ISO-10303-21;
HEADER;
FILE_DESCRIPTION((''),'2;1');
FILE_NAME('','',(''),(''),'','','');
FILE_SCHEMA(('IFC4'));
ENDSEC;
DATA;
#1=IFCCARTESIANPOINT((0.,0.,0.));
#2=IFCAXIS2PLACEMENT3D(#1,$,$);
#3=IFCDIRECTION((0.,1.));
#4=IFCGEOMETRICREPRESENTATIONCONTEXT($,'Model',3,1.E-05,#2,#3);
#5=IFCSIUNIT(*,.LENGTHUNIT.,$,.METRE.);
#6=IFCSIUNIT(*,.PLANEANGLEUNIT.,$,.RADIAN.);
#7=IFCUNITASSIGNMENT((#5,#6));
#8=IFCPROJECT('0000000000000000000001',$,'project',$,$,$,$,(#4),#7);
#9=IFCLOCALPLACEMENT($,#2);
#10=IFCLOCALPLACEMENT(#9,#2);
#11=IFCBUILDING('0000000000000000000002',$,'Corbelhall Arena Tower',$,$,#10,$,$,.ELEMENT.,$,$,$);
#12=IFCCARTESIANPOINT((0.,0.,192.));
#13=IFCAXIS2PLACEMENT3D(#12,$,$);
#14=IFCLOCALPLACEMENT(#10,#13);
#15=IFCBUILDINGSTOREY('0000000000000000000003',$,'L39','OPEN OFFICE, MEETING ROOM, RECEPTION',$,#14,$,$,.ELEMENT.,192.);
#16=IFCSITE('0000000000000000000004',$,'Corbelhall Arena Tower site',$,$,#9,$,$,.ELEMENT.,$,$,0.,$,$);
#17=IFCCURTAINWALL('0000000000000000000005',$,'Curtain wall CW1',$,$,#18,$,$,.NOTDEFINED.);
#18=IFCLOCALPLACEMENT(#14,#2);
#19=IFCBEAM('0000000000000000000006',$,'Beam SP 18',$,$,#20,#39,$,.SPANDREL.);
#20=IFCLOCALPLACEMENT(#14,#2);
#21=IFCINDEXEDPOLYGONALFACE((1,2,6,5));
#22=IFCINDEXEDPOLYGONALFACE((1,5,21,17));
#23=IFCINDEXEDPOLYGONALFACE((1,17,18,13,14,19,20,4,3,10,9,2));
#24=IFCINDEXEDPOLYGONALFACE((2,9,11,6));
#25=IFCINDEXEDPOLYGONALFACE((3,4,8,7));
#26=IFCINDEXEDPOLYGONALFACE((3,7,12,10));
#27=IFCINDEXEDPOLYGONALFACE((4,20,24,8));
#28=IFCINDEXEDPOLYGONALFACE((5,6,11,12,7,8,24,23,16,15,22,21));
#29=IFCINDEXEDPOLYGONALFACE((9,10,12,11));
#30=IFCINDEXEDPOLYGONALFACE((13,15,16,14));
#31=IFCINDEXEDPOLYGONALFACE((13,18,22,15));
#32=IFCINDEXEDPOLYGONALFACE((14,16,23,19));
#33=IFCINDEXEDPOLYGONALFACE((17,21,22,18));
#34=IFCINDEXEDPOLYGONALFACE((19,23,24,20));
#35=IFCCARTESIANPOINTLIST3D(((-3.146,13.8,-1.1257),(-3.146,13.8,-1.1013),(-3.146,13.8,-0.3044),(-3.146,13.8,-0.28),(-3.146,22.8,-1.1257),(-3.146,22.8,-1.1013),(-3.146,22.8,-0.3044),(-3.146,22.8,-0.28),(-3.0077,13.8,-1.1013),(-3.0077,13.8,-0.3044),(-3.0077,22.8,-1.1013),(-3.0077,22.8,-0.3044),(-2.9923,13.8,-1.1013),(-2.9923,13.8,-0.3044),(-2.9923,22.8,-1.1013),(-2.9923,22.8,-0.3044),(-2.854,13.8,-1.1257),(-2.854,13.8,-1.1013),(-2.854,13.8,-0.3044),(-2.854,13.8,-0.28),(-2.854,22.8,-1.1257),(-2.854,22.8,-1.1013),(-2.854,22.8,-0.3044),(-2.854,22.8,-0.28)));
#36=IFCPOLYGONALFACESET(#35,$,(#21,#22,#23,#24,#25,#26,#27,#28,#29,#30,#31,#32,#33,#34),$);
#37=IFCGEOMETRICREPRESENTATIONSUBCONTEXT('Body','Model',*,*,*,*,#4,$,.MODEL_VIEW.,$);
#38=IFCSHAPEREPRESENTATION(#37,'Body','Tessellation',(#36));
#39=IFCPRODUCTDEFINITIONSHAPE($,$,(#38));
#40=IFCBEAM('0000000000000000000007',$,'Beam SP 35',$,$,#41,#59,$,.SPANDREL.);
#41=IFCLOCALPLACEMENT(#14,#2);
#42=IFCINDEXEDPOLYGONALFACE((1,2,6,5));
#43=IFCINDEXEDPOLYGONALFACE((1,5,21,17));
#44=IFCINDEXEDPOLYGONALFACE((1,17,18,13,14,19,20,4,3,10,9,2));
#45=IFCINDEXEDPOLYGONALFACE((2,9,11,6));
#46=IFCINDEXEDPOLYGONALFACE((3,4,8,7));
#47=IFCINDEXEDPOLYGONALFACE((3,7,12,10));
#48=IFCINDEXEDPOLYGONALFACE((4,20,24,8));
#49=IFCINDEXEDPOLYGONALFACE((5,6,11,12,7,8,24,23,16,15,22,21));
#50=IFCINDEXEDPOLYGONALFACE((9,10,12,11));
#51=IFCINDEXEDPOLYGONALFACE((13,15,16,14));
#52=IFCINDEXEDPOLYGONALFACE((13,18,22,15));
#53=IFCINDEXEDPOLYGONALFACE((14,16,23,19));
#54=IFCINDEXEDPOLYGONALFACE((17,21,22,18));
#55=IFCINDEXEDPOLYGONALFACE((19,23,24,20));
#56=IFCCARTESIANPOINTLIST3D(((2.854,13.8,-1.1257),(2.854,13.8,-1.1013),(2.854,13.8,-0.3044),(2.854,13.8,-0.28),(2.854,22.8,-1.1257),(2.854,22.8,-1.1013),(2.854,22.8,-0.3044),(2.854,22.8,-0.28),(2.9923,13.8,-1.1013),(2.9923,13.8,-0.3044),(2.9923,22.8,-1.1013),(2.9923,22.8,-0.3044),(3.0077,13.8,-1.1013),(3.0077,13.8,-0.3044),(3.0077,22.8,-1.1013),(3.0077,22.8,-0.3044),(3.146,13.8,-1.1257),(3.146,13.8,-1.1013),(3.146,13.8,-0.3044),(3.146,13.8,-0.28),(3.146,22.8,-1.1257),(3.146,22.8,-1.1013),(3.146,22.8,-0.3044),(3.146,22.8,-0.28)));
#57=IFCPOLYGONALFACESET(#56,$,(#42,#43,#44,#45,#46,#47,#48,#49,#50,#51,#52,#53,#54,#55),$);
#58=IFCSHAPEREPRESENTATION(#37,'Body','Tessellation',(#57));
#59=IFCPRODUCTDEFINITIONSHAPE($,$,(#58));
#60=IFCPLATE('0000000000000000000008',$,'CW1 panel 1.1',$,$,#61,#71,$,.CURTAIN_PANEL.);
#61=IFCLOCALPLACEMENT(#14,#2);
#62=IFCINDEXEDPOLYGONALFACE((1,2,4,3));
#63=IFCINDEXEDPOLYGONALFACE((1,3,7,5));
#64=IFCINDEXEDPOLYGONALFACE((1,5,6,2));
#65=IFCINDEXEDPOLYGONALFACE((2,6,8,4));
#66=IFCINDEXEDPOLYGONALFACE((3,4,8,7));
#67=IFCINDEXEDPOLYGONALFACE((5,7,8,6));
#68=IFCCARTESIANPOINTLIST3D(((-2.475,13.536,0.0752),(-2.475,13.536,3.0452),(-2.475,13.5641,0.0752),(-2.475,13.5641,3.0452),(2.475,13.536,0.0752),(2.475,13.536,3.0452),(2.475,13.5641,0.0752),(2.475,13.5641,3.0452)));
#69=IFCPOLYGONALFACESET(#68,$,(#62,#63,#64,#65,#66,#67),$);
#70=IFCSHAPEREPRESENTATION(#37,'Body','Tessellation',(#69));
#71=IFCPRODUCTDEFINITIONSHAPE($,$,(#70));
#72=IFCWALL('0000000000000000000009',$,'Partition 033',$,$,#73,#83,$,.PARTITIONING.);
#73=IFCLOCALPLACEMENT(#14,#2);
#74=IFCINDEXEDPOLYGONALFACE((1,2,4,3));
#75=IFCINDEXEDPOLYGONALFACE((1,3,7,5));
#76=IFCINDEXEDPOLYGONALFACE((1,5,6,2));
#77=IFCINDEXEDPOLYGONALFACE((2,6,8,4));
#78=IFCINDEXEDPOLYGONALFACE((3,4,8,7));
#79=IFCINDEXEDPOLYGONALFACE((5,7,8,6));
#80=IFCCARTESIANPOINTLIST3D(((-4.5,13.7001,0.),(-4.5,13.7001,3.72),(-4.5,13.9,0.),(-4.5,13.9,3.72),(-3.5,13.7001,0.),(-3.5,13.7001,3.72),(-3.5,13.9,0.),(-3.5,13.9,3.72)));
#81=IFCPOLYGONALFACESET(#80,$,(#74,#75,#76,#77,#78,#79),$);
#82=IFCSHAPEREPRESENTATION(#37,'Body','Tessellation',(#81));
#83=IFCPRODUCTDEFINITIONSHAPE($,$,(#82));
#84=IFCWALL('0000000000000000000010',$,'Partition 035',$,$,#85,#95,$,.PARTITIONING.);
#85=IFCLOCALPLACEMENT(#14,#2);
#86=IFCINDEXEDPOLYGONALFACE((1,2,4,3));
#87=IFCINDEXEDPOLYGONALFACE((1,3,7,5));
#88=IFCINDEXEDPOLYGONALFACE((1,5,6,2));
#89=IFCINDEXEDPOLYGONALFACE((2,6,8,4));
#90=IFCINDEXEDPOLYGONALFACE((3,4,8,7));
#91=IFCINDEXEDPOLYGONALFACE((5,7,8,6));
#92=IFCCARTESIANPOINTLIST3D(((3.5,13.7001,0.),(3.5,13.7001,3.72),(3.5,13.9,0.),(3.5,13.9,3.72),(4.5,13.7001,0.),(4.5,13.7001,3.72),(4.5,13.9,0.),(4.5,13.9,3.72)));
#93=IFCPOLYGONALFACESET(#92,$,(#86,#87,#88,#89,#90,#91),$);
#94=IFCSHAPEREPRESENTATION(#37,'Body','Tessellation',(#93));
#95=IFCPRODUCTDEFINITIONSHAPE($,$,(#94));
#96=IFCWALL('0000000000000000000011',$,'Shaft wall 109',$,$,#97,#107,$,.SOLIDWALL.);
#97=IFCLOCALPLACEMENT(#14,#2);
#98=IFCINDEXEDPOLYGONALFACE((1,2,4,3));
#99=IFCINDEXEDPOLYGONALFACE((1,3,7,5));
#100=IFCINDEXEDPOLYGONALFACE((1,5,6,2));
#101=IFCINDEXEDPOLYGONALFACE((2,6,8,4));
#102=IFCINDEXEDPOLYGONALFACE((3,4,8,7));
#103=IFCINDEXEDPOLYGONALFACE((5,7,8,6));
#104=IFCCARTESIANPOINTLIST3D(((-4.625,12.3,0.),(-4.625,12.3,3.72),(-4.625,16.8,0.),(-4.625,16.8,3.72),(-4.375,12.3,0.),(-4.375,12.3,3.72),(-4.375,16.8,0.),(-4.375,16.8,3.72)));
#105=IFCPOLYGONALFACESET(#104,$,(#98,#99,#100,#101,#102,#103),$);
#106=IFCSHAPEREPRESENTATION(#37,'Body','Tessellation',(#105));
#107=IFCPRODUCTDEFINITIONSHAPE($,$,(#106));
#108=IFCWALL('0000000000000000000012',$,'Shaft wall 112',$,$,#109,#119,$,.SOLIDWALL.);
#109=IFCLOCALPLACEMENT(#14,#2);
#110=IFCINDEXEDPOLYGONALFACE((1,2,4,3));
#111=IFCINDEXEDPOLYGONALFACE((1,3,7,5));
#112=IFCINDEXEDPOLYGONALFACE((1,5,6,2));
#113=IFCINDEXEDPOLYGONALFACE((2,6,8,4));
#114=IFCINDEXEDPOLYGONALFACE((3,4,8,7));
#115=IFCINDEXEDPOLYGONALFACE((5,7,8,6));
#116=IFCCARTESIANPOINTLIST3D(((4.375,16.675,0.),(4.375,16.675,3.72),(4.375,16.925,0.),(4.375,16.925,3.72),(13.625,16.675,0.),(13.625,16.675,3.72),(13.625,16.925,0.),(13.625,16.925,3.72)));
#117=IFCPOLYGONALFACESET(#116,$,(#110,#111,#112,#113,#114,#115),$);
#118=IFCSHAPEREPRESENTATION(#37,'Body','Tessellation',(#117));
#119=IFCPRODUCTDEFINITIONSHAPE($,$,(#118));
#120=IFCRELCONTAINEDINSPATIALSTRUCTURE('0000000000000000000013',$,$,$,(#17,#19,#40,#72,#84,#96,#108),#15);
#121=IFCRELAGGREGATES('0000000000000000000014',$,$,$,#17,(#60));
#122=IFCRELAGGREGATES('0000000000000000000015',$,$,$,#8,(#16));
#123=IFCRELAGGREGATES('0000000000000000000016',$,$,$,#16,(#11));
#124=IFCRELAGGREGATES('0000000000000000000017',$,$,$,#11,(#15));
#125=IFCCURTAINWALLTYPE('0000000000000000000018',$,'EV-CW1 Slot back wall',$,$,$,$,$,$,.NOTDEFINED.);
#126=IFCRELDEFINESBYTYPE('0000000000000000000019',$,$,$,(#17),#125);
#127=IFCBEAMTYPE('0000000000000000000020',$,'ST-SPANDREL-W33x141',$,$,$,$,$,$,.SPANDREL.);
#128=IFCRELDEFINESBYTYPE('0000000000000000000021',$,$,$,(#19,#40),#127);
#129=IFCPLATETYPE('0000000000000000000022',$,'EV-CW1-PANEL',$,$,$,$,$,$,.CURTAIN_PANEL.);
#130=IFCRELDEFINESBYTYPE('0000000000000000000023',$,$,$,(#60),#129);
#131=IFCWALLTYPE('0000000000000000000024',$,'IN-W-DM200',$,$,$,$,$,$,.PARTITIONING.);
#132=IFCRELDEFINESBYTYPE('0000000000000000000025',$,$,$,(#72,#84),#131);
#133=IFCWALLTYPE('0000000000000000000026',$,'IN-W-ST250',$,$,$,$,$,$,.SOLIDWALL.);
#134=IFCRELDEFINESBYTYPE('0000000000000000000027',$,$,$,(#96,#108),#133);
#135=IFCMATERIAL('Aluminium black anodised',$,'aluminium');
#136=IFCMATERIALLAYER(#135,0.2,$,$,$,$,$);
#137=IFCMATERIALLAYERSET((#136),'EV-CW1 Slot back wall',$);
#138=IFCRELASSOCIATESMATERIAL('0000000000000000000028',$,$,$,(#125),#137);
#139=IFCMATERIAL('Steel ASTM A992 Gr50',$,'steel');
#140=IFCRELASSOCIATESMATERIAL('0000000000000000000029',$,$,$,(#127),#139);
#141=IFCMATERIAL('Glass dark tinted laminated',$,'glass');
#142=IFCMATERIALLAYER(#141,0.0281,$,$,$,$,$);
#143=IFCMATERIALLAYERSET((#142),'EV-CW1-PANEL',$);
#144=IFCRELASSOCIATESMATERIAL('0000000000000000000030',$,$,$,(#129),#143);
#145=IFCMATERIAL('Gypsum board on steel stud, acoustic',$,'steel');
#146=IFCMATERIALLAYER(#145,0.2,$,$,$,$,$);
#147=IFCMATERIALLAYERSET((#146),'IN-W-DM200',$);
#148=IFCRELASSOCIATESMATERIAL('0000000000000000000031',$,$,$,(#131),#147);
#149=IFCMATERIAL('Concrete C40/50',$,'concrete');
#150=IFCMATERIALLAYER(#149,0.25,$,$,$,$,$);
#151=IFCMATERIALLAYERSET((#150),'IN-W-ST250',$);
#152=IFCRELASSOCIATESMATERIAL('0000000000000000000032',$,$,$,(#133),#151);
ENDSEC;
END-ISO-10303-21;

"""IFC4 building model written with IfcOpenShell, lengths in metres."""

from ifc_helpers import new_model, si_unit, direction, frame, frame_2d, origin, origin_2d, place, context, subcontext, project, spatial, rectangle, i_section, extrude, material, layer, layer_set, material_profile, profile_set, type_object, element, aggregate, save


model = new_model("IFC4")

# Units and contexts
model_context = context("Model", 3, precision=1e-05, world=origin(), true_north=direction((0.0, 1.0)))
body_context = subcontext(model_context, "Body", "Model", "MODEL_VIEW")
ifc_project = project(units=[si_unit("LENGTHUNIT", "METRE"), si_unit("PLANEANGLEUNIT", "RADIAN")], contexts=[model_context])

# Site, building, storey
site_placement = place(None, origin())
site = spatial("IfcSite", under=ifc_project, at=site_placement, Name="Corbelhall Arena Tower site", CompositionType="ELEMENT", RefElevation=0.0)
building_placement = place(site_placement, origin())
building = spatial("IfcBuilding", under=site, at=building_placement, Name="Corbelhall Arena Tower", CompositionType="ELEMENT")
storey_placement = place(building_placement, frame((0.0, 0.0, 192.0)))
storey = spatial("IfcBuildingStorey", under=building, at=storey_placement, Name="L39", Description="OPEN OFFICE, MEETING ROOM, RECEPTION", CompositionType="ELEMENT", Elevation=192.0)

# Curtain wall
ifc_material_1 = material(Name="Aluminium black anodised", Category="aluminium")
ifc_layer_1 = layer(ifc_material_1, 0.2)
ifc_layer_set_1 = layer_set([ifc_layer_1], Name="EV-CW1 Slot back wall")
curtain_wall_type = type_object("IfcCurtainWallType", Name="EV-CW1 Slot back wall", PredefinedType="NOTDEFINED", material=ifc_layer_set_1)
curtain_wall_placement = place(storey_placement, origin())
curtain_wall = element("IfcCurtainWall", 1, at=curtain_wall_placement, inside=storey, type_object=curtain_wall_type, Name="Curtain wall CW1", PredefinedType="NOTDEFINED")

# Beams
ifc_material_2 = material(Name="Steel ASTM A992 Gr50", Category="steel")
ifc_material_profile_1 = material_profile(ifc_material_2, i_section(OverallWidth=0.292, OverallDepth=0.8457, WebThickness=0.0154, FlangeThickness=0.0244, at=origin_2d()))
ifc_profile_set_1 = profile_set([ifc_material_profile_1], Name="Steel ASTM A992 Gr50")
beam_type_1 = type_object("IfcBeamType", Name="ST-SPANDREL-W33x141", PredefinedType="SPANDREL", material=ifc_profile_set_1)
for number, where, z_axis, x_axis, name in (
    (2, (-3.0, 22.8, -0.7029), (0.0, -1.0, 0.0), (1.0, 0.0, 0.0), "Beam SP 18"),
    (3, (3.0, 13.8, -0.7029), (0.0, 1.0, 0.0), (-1.0, 0.0, 0.0), "Beam SP 35"),
):
    element("IfcBeam", number, at=place(storey_placement, frame(where, z_axis=z_axis, x_axis=x_axis)), inside=storey, type_object=beam_type_1, Name=name, PredefinedType="SPANDREL", context=body_context, shape_type="SweptSolid", body=[
        extrude(i_section(OverallWidth=0.292, OverallDepth=0.8457, WebThickness=0.0154, FlangeThickness=0.0244, at=origin_2d()), origin(), (0.0, 0.0, 1.0), 9.0),
    ])

# Plate
ifc_material_3 = material(Name="Glass dark tinted laminated", Category="glass")
ifc_layer_2 = layer(ifc_material_3, 0.0281)
ifc_layer_set_2 = layer_set([ifc_layer_2], Name="EV-CW1-PANEL")
plate_type = type_object("IfcPlateType", Name="EV-CW1-PANEL", PredefinedType="CURTAIN_PANEL", material=ifc_layer_set_2)
plate_placement = place(storey_placement, frame((0.0, 13.55, 0.0752), z_axis=(0.0, 0.0, 1.0), x_axis=(-1.0, 0.0, 0.0)))
plate = element("IfcPlate", 4, at=plate_placement, type_object=plate_type, Name="CW1 panel 1.1", PredefinedType="CURTAIN_PANEL", context=body_context, shape_type="SweptSolid", body=[
    extrude(rectangle(XDim=4.95, YDim=0.0281, at=origin_2d()), origin(), (0.0, 0.0, 1.0), 2.97),
])
aggregate(curtain_wall, [plate])

# Walls
ifc_material_4 = material(Name="Gypsum board on steel stud, acoustic", Category="steel")
ifc_layer_3 = layer(ifc_material_4, 0.2)
ifc_layer_set_3 = layer_set([ifc_layer_3], Name="IN-W-DM200")
wall_type_1 = type_object("IfcWallType", Name="IN-W-DM200", PredefinedType="PARTITIONING", material=ifc_layer_set_3)
for number, where, z_axis, x_axis, name in (
    (5, (-4.5, 13.8, 0.0), (0.0, 0.0, 1.0), (1.0, 0.0, 0.0), "Partition 033"),
    (6, (3.5, 13.8, 0.0), (0.0, 0.0, 1.0), (1.0, 0.0, 0.0), "Partition 035"),
):
    element("IfcWall", number, at=place(storey_placement, frame(where, z_axis=z_axis, x_axis=x_axis)), inside=storey, type_object=wall_type_1, Name=name, PredefinedType="PARTITIONING", context=body_context, shape_type="SweptSolid", body=[
        extrude(rectangle(XDim=1.0, YDim=0.2, at=frame_2d((0.5, 0.0))), origin(), (0.0, 0.0, 1.0), 3.72),
    ])
ifc_material_5 = material(Name="Concrete C40/50", Category="concrete")
ifc_layer_4 = layer(ifc_material_5, 0.25)
ifc_layer_set_4 = layer_set([ifc_layer_4], Name="IN-W-ST250")
wall_type_2 = type_object("IfcWallType", Name="IN-W-ST250", PredefinedType="SOLIDWALL", material=ifc_layer_set_4)
wall_1_placement = place(storey_placement, frame((-4.5, 16.8, 0.0), z_axis=(0.0, 0.0, 1.0), x_axis=(0.0, -1.0, 0.0)))
element("IfcWall", 7, at=wall_1_placement, inside=storey, type_object=wall_type_2, Name="Shaft wall 109", PredefinedType="SOLIDWALL", context=body_context, shape_type="SweptSolid", body=[
    extrude(rectangle(XDim=4.5, YDim=0.25, at=frame_2d((2.25, 0.0))), origin(), (0.0, 0.0, 1.0), 3.72),
])
wall_2_placement = place(storey_placement, frame((4.375, 16.8, 0.0), z_axis=(0.0, 0.0, 1.0), x_axis=(1.0, 0.0, 0.0)))
element("IfcWall", 8, at=wall_2_placement, inside=storey, type_object=wall_type_2, Name="Shaft wall 112", PredefinedType="SOLIDWALL", context=body_context, shape_type="SweptSolid", body=[
    extrude(rectangle(XDim=9.25, YDim=0.25, at=frame_2d((4.625, 0.0))), origin(), (0.0, 0.0, 1.0), 3.72),
])

save(model, "model.ifc")
